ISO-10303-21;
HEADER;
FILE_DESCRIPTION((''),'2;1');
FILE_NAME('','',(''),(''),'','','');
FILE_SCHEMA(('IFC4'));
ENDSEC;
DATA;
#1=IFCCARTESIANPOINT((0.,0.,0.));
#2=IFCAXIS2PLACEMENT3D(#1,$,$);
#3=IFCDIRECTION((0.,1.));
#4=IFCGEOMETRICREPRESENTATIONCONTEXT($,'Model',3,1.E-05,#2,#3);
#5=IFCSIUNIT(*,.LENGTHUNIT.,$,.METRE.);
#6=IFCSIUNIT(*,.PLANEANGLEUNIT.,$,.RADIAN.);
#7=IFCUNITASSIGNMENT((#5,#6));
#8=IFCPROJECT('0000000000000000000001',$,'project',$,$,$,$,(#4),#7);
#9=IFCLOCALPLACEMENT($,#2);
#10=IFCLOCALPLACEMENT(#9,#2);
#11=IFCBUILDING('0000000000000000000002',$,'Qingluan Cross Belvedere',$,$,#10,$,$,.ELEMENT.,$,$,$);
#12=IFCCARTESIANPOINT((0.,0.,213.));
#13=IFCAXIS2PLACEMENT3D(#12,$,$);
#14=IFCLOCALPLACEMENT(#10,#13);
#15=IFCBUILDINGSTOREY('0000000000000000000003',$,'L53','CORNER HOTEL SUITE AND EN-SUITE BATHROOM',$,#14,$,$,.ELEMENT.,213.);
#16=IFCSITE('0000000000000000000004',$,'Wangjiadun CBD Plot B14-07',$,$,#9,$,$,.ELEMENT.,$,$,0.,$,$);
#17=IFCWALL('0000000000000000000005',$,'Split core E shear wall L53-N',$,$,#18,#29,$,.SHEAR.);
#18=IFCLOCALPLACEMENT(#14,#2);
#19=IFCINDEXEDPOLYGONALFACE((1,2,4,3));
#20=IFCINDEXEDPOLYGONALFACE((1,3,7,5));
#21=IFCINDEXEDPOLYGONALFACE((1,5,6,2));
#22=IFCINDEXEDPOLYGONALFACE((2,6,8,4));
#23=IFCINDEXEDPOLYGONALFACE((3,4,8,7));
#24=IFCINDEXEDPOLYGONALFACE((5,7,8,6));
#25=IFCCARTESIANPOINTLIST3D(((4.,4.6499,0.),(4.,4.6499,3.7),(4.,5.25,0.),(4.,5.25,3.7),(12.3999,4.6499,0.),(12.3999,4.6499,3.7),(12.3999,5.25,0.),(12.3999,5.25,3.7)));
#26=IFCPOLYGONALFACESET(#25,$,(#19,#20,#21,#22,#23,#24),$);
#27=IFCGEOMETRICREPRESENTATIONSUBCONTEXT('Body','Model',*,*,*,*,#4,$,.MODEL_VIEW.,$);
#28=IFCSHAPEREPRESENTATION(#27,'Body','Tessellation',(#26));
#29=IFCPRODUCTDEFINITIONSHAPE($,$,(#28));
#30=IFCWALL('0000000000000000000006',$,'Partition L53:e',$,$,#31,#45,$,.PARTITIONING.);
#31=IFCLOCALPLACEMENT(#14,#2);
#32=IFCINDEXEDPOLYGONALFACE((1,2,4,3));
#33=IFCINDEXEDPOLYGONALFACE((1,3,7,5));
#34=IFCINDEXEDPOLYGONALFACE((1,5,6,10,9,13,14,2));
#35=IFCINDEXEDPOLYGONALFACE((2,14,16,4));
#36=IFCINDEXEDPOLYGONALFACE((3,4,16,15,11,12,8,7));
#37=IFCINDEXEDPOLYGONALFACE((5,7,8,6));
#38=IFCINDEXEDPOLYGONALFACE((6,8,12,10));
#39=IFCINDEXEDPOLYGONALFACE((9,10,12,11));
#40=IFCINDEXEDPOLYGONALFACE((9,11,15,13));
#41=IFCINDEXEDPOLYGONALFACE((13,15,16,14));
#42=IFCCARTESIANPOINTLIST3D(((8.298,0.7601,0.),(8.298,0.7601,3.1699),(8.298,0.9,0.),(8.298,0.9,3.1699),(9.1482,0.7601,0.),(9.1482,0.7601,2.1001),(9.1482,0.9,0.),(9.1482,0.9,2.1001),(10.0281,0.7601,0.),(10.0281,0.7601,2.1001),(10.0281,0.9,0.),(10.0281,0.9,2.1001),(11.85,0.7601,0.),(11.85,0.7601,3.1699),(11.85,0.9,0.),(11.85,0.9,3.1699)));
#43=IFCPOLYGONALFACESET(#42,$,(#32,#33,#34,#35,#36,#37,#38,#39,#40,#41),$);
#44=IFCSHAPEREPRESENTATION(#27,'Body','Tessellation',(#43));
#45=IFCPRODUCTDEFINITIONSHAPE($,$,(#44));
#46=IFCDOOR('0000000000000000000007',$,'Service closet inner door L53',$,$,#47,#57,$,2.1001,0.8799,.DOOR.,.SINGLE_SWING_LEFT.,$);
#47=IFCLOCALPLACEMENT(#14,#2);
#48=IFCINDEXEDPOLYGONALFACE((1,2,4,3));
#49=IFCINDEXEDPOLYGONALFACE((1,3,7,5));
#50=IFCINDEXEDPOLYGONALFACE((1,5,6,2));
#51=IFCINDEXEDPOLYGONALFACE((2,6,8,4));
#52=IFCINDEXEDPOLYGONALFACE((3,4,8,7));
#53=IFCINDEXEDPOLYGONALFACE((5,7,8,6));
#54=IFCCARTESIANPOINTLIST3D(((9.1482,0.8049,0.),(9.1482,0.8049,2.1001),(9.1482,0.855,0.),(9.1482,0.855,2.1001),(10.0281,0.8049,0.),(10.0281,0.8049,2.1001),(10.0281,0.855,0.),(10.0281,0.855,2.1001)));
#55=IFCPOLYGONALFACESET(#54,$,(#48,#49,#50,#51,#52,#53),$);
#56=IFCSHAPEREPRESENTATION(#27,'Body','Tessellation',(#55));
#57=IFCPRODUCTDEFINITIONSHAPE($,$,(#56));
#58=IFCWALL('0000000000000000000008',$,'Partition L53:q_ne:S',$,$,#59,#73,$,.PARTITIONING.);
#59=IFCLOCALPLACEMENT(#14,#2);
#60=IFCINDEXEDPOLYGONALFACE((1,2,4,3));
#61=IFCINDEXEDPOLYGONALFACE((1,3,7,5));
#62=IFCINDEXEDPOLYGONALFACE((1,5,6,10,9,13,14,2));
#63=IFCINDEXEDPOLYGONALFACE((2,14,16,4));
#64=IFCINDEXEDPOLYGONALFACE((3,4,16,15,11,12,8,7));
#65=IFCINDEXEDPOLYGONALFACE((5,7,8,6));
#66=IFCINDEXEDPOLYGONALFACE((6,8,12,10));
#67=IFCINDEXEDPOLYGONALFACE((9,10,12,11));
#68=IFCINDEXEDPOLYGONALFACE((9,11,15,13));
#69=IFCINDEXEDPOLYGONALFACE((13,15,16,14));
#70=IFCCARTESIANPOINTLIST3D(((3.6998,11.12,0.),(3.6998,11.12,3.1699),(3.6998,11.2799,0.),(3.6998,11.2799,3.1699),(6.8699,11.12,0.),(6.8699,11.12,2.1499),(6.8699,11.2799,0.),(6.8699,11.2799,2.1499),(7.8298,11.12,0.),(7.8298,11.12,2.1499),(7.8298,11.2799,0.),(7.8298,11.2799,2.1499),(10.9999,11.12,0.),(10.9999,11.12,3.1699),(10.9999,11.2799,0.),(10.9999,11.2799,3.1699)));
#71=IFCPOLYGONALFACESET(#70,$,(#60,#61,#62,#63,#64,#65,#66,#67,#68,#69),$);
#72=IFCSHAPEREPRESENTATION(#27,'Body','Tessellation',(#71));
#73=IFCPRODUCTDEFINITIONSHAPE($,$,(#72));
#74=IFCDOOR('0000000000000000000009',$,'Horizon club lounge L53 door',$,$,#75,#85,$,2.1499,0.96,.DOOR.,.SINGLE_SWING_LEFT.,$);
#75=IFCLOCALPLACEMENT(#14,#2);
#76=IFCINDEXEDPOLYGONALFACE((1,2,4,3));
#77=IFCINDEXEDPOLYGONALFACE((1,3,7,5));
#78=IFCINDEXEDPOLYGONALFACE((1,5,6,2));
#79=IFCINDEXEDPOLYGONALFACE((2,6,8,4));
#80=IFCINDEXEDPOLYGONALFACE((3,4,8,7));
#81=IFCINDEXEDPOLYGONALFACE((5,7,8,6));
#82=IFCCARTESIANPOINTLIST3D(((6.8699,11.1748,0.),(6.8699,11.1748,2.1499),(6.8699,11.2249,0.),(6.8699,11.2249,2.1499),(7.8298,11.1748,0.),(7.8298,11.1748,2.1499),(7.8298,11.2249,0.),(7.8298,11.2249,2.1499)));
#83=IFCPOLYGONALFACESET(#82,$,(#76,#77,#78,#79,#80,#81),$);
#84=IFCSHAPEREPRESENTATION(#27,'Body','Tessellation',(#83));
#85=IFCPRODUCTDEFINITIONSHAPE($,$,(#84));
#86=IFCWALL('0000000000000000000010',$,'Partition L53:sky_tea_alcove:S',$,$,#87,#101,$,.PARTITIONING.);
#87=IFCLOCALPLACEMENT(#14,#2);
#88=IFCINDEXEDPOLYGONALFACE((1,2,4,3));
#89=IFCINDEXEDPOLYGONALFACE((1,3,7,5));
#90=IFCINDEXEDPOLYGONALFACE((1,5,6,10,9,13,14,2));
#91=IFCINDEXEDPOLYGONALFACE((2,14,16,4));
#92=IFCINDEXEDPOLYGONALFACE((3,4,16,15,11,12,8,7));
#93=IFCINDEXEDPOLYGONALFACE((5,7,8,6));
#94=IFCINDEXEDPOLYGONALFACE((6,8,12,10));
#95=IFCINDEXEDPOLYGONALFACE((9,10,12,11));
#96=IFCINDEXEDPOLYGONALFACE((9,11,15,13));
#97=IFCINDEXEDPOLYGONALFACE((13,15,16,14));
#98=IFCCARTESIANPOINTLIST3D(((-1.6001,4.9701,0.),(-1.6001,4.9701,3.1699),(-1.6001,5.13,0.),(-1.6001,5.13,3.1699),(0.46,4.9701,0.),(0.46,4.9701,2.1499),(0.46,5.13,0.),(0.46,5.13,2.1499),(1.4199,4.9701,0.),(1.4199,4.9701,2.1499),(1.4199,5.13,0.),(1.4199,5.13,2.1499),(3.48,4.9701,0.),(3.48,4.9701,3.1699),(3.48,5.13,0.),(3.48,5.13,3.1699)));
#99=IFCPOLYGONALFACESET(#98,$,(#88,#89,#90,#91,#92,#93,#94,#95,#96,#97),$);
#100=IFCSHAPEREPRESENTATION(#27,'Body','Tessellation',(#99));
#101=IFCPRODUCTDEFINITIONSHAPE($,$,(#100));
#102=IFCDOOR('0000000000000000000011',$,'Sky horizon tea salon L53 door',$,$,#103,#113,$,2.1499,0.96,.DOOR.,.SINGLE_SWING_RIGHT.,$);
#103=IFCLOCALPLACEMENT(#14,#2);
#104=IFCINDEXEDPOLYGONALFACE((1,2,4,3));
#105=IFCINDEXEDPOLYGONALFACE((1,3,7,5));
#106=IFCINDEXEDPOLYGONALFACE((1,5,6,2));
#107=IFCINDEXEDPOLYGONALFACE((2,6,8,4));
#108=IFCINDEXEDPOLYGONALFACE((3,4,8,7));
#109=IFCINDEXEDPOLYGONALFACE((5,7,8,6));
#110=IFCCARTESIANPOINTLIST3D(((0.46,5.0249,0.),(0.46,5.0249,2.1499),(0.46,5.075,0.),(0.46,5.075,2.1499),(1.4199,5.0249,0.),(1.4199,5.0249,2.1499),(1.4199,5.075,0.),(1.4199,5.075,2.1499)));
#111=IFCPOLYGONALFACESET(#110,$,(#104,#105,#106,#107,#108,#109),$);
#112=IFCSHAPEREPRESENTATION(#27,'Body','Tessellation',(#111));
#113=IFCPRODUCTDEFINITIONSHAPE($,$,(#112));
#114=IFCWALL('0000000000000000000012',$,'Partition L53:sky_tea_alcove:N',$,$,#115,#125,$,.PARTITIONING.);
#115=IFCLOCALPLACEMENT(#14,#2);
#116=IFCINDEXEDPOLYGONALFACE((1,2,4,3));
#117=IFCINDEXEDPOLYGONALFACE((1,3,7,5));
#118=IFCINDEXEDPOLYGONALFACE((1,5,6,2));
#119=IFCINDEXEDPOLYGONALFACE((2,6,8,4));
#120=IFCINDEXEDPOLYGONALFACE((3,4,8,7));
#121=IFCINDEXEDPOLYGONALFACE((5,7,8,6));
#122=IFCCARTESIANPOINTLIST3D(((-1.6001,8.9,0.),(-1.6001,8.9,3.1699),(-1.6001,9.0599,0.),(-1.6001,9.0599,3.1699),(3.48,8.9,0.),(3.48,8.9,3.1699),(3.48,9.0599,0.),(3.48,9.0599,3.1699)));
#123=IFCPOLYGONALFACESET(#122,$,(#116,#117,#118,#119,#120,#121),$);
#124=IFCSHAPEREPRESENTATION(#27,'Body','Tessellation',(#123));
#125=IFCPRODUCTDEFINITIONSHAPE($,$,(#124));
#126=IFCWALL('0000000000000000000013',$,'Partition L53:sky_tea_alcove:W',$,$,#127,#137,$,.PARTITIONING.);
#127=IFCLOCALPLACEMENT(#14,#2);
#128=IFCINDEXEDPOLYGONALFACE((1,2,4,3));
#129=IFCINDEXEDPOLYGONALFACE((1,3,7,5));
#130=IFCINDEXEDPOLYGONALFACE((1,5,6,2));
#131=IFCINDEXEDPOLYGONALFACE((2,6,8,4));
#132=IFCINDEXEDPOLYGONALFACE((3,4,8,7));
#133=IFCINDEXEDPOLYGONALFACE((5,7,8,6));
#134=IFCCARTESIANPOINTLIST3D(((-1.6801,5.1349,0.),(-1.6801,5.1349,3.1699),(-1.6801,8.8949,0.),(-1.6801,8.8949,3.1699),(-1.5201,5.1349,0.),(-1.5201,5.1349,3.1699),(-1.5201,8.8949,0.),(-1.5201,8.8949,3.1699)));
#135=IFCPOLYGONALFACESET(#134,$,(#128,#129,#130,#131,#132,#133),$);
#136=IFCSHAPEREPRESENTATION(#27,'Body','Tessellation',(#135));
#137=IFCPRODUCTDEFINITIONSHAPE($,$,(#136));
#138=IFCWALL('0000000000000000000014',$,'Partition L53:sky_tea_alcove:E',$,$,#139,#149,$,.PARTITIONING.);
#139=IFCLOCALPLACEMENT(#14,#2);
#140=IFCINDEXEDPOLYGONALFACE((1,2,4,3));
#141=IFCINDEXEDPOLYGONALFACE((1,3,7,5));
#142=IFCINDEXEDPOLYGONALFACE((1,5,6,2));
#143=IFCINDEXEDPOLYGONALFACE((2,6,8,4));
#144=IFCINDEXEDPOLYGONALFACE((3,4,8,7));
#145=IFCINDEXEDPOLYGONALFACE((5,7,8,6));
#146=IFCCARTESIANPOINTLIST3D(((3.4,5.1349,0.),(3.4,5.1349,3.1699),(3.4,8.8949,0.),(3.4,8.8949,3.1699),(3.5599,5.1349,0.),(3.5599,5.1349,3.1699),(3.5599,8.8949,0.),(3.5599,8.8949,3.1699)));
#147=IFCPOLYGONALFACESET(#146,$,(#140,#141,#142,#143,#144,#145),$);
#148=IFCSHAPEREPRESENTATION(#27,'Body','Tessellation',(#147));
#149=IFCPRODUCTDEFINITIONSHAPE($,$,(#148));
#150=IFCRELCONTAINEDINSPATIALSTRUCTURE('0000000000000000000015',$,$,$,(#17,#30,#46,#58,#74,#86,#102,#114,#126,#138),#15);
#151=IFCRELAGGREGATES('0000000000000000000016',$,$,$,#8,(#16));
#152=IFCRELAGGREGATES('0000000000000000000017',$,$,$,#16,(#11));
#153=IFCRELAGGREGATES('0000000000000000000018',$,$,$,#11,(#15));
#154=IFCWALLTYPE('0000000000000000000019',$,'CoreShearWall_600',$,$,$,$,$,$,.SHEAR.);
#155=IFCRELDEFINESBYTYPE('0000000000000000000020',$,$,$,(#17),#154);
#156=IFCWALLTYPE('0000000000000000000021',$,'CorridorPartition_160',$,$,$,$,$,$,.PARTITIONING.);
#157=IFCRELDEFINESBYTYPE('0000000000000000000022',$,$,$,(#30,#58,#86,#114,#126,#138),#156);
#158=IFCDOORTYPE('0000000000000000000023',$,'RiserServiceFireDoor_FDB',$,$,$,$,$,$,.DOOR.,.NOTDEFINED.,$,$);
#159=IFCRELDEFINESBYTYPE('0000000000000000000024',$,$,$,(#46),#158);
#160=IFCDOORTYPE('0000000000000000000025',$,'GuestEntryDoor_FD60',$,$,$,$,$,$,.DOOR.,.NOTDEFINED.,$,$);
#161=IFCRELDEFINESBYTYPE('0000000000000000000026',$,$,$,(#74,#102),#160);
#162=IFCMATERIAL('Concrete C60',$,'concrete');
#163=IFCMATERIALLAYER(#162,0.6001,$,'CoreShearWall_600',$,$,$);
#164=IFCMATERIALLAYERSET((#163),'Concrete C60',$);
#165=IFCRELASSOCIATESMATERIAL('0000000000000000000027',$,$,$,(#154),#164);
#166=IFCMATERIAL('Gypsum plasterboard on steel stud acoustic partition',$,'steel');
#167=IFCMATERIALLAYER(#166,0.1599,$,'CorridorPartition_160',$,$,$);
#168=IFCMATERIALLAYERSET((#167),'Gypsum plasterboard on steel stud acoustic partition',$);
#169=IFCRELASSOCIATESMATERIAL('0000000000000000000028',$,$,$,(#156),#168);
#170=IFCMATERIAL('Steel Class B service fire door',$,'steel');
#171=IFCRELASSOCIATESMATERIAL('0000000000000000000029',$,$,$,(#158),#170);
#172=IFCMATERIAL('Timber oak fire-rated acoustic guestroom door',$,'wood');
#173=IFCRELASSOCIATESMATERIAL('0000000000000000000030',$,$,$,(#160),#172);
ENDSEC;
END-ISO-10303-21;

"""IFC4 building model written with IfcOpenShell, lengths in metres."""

from ifc_helpers import new_model, si_unit, direction, frame, frame_2d, origin, place, context, subcontext, project, spatial, rectangle, extrude, material, layer, layer_set, type_object, element, fill, save


model = new_model("IFC4")

# Units and contexts
model_context = context("Model", 3, precision=1e-05, world=origin(), true_north=direction((0.0, 1.0)))
body_context = subcontext(model_context, "Body", "Model", "MODEL_VIEW")
ifc_project = project(units=[si_unit("LENGTHUNIT", "METRE"), si_unit("PLANEANGLEUNIT", "RADIAN")], contexts=[model_context])

# Site, building, storey
site_placement = place(None, origin())
site = spatial("IfcSite", under=ifc_project, at=site_placement, Name="Wangjiadun CBD Plot B14-07", CompositionType="ELEMENT", RefElevation=0.0)
building_placement = place(site_placement, origin())
building = spatial("IfcBuilding", under=site, at=building_placement, Name="Qingluan Cross Belvedere", CompositionType="ELEMENT")
storey_placement = place(building_placement, frame((0.0, 0.0, 213.0)))
storey = spatial("IfcBuildingStorey", under=building, at=storey_placement, Name="L53", Description="CORNER HOTEL SUITE AND EN-SUITE BATHROOM", CompositionType="ELEMENT", Elevation=213.0)

# Wall
ifc_material_1 = material(Name="Concrete C60", Category="concrete")
ifc_layer_1 = layer(ifc_material_1, 0.6001, Name="CoreShearWall_600")
ifc_layer_set_1 = layer_set([ifc_layer_1], Name="Concrete C60")
wall_type_1 = type_object("IfcWallType", Name="CoreShearWall_600", PredefinedType="SHEAR", material=ifc_layer_set_1)
wall_1_placement = place(storey_placement, frame((4.0, 4.95, 0.0), z_axis=(0.0, 0.0, 1.0), x_axis=(1.0, 0.0, 0.0)))
element("IfcWall", 1, at=wall_1_placement, inside=storey, type_object=wall_type_1, Name="Split core E shear wall L53-N", PredefinedType="SHEAR", context=body_context, shape_type="SweptSolid", body=[
    extrude(rectangle(XDim=8.3999, YDim=0.6001, at=frame_2d((4.2, 0.0))), origin(), (0.0, 0.0, 1.0), 3.7),
])

# Walls, openings, doors
ifc_material_2 = material(Name="Gypsum plasterboard on steel stud acoustic partition", Category="steel")
ifc_layer_2 = layer(ifc_material_2, 0.1599, Name="CorridorPartition_160")
ifc_layer_set_2 = layer_set([ifc_layer_2], Name="Gypsum plasterboard on steel stud acoustic partition")
wall_type_2 = type_object("IfcWallType", Name="CorridorPartition_160", PredefinedType="PARTITIONING", material=ifc_layer_set_2)
wall_2_placement = place(storey_placement, frame((8.2981, 0.8301, 0.0), z_axis=(0.0, 0.0, 1.0), x_axis=(1.0, 0.0, 0.0)))
wall_2 = element("IfcWall", 2, at=wall_2_placement, inside=storey, type_object=wall_type_2, Name="Partition L53:e", PredefinedType="PARTITIONING", context=body_context, shape_type="SweptSolid", body=[
    extrude(rectangle(XDim=3.552, YDim=0.1399, at=frame_2d((1.7759, 0.0))), origin(), (0.0, 0.0, 1.0), 3.1699),
])
opening_1_placement = place(wall_2_placement, frame((0.8501, 0.0, 0.0)))
opening_1 = element("IfcOpeningElement", 3, at=opening_1_placement, cuts=wall_2, PredefinedType="OPENING", context=body_context, shape_type="SweptSolid", body=[
    extrude(rectangle(XDim=0.8799, YDim=2.1001, at=frame_2d((0.4399, 1.05))), frame((0.0, 0.0798, 0.0), z_axis=(0.0, -1.0, 0.0), x_axis=(1.0, 0.0, 0.0)), (0.0, 0.0, 1.0), 0.1599),
])
ifc_material_3 = material(Name="Steel Class B service fire door", Category="steel")
door_type_1 = type_object("IfcDoorType", Name="RiserServiceFireDoor_FDB", OperationType="NOTDEFINED", PredefinedType="DOOR", material=ifc_material_3)
door_1_placement = place(opening_1_placement, origin())
door_1 = element("IfcDoor", 4, at=door_1_placement, inside=storey, type_object=door_type_1, Name="Service closet inner door L53", OperationType="SINGLE_SWING_LEFT", OverallHeight=2.1001, OverallWidth=0.8799, PredefinedType="DOOR", context=body_context, shape_type="SweptSolid", body=[
    extrude(rectangle(XDim=0.8799, YDim=2.1001, at=frame_2d((0.4399, 1.05))), frame((0.0, 0.0249, 0.0), z_axis=(0.0, -1.0, 0.0), x_axis=(1.0, 0.0, 0.0)), (0.0, 0.0, 1.0), 0.05),
])
fill(opening_1, door_1)
wall_3_placement = place(storey_placement, frame((3.7, 11.2, 0.0), z_axis=(0.0, 0.0, 1.0), x_axis=(1.0, 0.0, 0.0)))
wall_3 = element("IfcWall", 5, at=wall_3_placement, inside=storey, type_object=wall_type_2, Name="Partition L53:q_ne:S", PredefinedType="PARTITIONING", context=body_context, shape_type="SweptSolid", body=[
    extrude(rectangle(XDim=7.3, YDim=0.1599, at=frame_2d((3.6499, 0.0))), origin(), (0.0, 0.0, 1.0), 3.1699),
])
opening_2_placement = place(wall_3_placement, frame((3.1699, 0.0, 0.0)))
opening_2 = element("IfcOpeningElement", 6, at=opening_2_placement, cuts=wall_3, PredefinedType="OPENING", context=body_context, shape_type="SweptSolid", body=[
    extrude(rectangle(XDim=0.96, YDim=2.1499, at=frame_2d((0.48, 1.075))), frame((0.0, 0.0898, 0.0), z_axis=(0.0, -1.0, 0.0), x_axis=(1.0, 0.0, 0.0)), (0.0, 0.0, 1.0), 0.1799),
])
ifc_material_4 = material(Name="Timber oak fire-rated acoustic guestroom door", Category="wood")
door_type_2 = type_object("IfcDoorType", Name="GuestEntryDoor_FD60", OperationType="NOTDEFINED", PredefinedType="DOOR", material=ifc_material_4)
door_2_placement = place(opening_2_placement, origin())
door_2 = element("IfcDoor", 7, at=door_2_placement, inside=storey, type_object=door_type_2, Name="Horizon club lounge L53 door", OperationType="SINGLE_SWING_LEFT", OverallHeight=2.1499, OverallWidth=0.96, PredefinedType="DOOR", context=body_context, shape_type="SweptSolid", body=[
    extrude(rectangle(XDim=0.96, YDim=2.1499, at=frame_2d((0.48, 1.075))), frame((0.0, 0.0249, 0.0), z_axis=(0.0, -1.0, 0.0), x_axis=(1.0, 0.0, 0.0)), (0.0, 0.0, 1.0), 0.05),
])
fill(opening_2, door_2)
wall_4_placement = place(storey_placement, frame((-1.6001, 5.05, 0.0), z_axis=(0.0, 0.0, 1.0), x_axis=(1.0, 0.0, 0.0)))
wall_4 = element("IfcWall", 8, at=wall_4_placement, inside=storey, type_object=wall_type_2, Name="Partition L53:sky_tea_alcove:S", PredefinedType="PARTITIONING", context=body_context, shape_type="SweptSolid", body=[
    extrude(rectangle(XDim=5.0801, YDim=0.1599, at=frame_2d((2.54, 0.0))), origin(), (0.0, 0.0, 1.0), 3.1699),
])
opening_3_placement = place(wall_4_placement, frame((2.0601, 0.0, 0.0)))
opening_3 = element("IfcOpeningElement", 9, at=opening_3_placement, cuts=wall_4, PredefinedType="OPENING", context=body_context, shape_type="SweptSolid", body=[
    extrude(rectangle(XDim=0.96, YDim=2.1499, at=frame_2d((0.48, 1.075))), frame((0.0, 0.0898, 0.0), z_axis=(0.0, -1.0, 0.0), x_axis=(1.0, 0.0, 0.0)), (0.0, 0.0, 1.0), 0.1799),
])
door_3_placement = place(opening_3_placement, origin())
door_3 = element("IfcDoor", 10, at=door_3_placement, inside=storey, type_object=door_type_2, Name="Sky horizon tea salon L53 door", OperationType="SINGLE_SWING_RIGHT", OverallHeight=2.1499, OverallWidth=0.96, PredefinedType="DOOR", context=body_context, shape_type="SweptSolid", body=[
    extrude(rectangle(XDim=0.96, YDim=2.1499, at=frame_2d((0.48, 1.075))), frame((0.0, 0.0249, 0.0), z_axis=(0.0, -1.0, 0.0), x_axis=(1.0, 0.0, 0.0)), (0.0, 0.0, 1.0), 0.05),
])
fill(opening_3, door_3)

# Walls
wall_5_placement = place(storey_placement, frame((-1.6001, 8.98, 0.0), z_axis=(0.0, 0.0, 1.0), x_axis=(1.0, 0.0, 0.0)))
element("IfcWall", 11, at=wall_5_placement, inside=storey, type_object=wall_type_2, Name="Partition L53:sky_tea_alcove:N", PredefinedType="PARTITIONING", context=body_context, shape_type="SweptSolid", body=[
    extrude(rectangle(XDim=5.0801, YDim=0.1599, at=frame_2d((2.54, 0.0))), origin(), (0.0, 0.0, 1.0), 3.1699),
])
for number, where, z_axis, x_axis, name in (
    (12, (-1.6001, 5.135, 0.0), (0.0, 0.0, 1.0), (0.0, 1.0, 0.0), "Partition L53:sky_tea_alcove:W"),
    (13, (3.48, 5.135, 0.0), (0.0, 0.0, 1.0), (0.0, 1.0, 0.0), "Partition L53:sky_tea_alcove:E"),
):
    element("IfcWall", number, at=place(storey_placement, frame(where, z_axis=z_axis, x_axis=x_axis)), inside=storey, type_object=wall_type_2, Name=name, PredefinedType="PARTITIONING", context=body_context, shape_type="SweptSolid", body=[
        extrude(rectangle(XDim=3.76, YDim=0.1599, at=frame_2d((1.8799, 0.0))), origin(), (0.0, 0.0, 1.0), 3.1699),
    ])

save(model, "model.ifc")
